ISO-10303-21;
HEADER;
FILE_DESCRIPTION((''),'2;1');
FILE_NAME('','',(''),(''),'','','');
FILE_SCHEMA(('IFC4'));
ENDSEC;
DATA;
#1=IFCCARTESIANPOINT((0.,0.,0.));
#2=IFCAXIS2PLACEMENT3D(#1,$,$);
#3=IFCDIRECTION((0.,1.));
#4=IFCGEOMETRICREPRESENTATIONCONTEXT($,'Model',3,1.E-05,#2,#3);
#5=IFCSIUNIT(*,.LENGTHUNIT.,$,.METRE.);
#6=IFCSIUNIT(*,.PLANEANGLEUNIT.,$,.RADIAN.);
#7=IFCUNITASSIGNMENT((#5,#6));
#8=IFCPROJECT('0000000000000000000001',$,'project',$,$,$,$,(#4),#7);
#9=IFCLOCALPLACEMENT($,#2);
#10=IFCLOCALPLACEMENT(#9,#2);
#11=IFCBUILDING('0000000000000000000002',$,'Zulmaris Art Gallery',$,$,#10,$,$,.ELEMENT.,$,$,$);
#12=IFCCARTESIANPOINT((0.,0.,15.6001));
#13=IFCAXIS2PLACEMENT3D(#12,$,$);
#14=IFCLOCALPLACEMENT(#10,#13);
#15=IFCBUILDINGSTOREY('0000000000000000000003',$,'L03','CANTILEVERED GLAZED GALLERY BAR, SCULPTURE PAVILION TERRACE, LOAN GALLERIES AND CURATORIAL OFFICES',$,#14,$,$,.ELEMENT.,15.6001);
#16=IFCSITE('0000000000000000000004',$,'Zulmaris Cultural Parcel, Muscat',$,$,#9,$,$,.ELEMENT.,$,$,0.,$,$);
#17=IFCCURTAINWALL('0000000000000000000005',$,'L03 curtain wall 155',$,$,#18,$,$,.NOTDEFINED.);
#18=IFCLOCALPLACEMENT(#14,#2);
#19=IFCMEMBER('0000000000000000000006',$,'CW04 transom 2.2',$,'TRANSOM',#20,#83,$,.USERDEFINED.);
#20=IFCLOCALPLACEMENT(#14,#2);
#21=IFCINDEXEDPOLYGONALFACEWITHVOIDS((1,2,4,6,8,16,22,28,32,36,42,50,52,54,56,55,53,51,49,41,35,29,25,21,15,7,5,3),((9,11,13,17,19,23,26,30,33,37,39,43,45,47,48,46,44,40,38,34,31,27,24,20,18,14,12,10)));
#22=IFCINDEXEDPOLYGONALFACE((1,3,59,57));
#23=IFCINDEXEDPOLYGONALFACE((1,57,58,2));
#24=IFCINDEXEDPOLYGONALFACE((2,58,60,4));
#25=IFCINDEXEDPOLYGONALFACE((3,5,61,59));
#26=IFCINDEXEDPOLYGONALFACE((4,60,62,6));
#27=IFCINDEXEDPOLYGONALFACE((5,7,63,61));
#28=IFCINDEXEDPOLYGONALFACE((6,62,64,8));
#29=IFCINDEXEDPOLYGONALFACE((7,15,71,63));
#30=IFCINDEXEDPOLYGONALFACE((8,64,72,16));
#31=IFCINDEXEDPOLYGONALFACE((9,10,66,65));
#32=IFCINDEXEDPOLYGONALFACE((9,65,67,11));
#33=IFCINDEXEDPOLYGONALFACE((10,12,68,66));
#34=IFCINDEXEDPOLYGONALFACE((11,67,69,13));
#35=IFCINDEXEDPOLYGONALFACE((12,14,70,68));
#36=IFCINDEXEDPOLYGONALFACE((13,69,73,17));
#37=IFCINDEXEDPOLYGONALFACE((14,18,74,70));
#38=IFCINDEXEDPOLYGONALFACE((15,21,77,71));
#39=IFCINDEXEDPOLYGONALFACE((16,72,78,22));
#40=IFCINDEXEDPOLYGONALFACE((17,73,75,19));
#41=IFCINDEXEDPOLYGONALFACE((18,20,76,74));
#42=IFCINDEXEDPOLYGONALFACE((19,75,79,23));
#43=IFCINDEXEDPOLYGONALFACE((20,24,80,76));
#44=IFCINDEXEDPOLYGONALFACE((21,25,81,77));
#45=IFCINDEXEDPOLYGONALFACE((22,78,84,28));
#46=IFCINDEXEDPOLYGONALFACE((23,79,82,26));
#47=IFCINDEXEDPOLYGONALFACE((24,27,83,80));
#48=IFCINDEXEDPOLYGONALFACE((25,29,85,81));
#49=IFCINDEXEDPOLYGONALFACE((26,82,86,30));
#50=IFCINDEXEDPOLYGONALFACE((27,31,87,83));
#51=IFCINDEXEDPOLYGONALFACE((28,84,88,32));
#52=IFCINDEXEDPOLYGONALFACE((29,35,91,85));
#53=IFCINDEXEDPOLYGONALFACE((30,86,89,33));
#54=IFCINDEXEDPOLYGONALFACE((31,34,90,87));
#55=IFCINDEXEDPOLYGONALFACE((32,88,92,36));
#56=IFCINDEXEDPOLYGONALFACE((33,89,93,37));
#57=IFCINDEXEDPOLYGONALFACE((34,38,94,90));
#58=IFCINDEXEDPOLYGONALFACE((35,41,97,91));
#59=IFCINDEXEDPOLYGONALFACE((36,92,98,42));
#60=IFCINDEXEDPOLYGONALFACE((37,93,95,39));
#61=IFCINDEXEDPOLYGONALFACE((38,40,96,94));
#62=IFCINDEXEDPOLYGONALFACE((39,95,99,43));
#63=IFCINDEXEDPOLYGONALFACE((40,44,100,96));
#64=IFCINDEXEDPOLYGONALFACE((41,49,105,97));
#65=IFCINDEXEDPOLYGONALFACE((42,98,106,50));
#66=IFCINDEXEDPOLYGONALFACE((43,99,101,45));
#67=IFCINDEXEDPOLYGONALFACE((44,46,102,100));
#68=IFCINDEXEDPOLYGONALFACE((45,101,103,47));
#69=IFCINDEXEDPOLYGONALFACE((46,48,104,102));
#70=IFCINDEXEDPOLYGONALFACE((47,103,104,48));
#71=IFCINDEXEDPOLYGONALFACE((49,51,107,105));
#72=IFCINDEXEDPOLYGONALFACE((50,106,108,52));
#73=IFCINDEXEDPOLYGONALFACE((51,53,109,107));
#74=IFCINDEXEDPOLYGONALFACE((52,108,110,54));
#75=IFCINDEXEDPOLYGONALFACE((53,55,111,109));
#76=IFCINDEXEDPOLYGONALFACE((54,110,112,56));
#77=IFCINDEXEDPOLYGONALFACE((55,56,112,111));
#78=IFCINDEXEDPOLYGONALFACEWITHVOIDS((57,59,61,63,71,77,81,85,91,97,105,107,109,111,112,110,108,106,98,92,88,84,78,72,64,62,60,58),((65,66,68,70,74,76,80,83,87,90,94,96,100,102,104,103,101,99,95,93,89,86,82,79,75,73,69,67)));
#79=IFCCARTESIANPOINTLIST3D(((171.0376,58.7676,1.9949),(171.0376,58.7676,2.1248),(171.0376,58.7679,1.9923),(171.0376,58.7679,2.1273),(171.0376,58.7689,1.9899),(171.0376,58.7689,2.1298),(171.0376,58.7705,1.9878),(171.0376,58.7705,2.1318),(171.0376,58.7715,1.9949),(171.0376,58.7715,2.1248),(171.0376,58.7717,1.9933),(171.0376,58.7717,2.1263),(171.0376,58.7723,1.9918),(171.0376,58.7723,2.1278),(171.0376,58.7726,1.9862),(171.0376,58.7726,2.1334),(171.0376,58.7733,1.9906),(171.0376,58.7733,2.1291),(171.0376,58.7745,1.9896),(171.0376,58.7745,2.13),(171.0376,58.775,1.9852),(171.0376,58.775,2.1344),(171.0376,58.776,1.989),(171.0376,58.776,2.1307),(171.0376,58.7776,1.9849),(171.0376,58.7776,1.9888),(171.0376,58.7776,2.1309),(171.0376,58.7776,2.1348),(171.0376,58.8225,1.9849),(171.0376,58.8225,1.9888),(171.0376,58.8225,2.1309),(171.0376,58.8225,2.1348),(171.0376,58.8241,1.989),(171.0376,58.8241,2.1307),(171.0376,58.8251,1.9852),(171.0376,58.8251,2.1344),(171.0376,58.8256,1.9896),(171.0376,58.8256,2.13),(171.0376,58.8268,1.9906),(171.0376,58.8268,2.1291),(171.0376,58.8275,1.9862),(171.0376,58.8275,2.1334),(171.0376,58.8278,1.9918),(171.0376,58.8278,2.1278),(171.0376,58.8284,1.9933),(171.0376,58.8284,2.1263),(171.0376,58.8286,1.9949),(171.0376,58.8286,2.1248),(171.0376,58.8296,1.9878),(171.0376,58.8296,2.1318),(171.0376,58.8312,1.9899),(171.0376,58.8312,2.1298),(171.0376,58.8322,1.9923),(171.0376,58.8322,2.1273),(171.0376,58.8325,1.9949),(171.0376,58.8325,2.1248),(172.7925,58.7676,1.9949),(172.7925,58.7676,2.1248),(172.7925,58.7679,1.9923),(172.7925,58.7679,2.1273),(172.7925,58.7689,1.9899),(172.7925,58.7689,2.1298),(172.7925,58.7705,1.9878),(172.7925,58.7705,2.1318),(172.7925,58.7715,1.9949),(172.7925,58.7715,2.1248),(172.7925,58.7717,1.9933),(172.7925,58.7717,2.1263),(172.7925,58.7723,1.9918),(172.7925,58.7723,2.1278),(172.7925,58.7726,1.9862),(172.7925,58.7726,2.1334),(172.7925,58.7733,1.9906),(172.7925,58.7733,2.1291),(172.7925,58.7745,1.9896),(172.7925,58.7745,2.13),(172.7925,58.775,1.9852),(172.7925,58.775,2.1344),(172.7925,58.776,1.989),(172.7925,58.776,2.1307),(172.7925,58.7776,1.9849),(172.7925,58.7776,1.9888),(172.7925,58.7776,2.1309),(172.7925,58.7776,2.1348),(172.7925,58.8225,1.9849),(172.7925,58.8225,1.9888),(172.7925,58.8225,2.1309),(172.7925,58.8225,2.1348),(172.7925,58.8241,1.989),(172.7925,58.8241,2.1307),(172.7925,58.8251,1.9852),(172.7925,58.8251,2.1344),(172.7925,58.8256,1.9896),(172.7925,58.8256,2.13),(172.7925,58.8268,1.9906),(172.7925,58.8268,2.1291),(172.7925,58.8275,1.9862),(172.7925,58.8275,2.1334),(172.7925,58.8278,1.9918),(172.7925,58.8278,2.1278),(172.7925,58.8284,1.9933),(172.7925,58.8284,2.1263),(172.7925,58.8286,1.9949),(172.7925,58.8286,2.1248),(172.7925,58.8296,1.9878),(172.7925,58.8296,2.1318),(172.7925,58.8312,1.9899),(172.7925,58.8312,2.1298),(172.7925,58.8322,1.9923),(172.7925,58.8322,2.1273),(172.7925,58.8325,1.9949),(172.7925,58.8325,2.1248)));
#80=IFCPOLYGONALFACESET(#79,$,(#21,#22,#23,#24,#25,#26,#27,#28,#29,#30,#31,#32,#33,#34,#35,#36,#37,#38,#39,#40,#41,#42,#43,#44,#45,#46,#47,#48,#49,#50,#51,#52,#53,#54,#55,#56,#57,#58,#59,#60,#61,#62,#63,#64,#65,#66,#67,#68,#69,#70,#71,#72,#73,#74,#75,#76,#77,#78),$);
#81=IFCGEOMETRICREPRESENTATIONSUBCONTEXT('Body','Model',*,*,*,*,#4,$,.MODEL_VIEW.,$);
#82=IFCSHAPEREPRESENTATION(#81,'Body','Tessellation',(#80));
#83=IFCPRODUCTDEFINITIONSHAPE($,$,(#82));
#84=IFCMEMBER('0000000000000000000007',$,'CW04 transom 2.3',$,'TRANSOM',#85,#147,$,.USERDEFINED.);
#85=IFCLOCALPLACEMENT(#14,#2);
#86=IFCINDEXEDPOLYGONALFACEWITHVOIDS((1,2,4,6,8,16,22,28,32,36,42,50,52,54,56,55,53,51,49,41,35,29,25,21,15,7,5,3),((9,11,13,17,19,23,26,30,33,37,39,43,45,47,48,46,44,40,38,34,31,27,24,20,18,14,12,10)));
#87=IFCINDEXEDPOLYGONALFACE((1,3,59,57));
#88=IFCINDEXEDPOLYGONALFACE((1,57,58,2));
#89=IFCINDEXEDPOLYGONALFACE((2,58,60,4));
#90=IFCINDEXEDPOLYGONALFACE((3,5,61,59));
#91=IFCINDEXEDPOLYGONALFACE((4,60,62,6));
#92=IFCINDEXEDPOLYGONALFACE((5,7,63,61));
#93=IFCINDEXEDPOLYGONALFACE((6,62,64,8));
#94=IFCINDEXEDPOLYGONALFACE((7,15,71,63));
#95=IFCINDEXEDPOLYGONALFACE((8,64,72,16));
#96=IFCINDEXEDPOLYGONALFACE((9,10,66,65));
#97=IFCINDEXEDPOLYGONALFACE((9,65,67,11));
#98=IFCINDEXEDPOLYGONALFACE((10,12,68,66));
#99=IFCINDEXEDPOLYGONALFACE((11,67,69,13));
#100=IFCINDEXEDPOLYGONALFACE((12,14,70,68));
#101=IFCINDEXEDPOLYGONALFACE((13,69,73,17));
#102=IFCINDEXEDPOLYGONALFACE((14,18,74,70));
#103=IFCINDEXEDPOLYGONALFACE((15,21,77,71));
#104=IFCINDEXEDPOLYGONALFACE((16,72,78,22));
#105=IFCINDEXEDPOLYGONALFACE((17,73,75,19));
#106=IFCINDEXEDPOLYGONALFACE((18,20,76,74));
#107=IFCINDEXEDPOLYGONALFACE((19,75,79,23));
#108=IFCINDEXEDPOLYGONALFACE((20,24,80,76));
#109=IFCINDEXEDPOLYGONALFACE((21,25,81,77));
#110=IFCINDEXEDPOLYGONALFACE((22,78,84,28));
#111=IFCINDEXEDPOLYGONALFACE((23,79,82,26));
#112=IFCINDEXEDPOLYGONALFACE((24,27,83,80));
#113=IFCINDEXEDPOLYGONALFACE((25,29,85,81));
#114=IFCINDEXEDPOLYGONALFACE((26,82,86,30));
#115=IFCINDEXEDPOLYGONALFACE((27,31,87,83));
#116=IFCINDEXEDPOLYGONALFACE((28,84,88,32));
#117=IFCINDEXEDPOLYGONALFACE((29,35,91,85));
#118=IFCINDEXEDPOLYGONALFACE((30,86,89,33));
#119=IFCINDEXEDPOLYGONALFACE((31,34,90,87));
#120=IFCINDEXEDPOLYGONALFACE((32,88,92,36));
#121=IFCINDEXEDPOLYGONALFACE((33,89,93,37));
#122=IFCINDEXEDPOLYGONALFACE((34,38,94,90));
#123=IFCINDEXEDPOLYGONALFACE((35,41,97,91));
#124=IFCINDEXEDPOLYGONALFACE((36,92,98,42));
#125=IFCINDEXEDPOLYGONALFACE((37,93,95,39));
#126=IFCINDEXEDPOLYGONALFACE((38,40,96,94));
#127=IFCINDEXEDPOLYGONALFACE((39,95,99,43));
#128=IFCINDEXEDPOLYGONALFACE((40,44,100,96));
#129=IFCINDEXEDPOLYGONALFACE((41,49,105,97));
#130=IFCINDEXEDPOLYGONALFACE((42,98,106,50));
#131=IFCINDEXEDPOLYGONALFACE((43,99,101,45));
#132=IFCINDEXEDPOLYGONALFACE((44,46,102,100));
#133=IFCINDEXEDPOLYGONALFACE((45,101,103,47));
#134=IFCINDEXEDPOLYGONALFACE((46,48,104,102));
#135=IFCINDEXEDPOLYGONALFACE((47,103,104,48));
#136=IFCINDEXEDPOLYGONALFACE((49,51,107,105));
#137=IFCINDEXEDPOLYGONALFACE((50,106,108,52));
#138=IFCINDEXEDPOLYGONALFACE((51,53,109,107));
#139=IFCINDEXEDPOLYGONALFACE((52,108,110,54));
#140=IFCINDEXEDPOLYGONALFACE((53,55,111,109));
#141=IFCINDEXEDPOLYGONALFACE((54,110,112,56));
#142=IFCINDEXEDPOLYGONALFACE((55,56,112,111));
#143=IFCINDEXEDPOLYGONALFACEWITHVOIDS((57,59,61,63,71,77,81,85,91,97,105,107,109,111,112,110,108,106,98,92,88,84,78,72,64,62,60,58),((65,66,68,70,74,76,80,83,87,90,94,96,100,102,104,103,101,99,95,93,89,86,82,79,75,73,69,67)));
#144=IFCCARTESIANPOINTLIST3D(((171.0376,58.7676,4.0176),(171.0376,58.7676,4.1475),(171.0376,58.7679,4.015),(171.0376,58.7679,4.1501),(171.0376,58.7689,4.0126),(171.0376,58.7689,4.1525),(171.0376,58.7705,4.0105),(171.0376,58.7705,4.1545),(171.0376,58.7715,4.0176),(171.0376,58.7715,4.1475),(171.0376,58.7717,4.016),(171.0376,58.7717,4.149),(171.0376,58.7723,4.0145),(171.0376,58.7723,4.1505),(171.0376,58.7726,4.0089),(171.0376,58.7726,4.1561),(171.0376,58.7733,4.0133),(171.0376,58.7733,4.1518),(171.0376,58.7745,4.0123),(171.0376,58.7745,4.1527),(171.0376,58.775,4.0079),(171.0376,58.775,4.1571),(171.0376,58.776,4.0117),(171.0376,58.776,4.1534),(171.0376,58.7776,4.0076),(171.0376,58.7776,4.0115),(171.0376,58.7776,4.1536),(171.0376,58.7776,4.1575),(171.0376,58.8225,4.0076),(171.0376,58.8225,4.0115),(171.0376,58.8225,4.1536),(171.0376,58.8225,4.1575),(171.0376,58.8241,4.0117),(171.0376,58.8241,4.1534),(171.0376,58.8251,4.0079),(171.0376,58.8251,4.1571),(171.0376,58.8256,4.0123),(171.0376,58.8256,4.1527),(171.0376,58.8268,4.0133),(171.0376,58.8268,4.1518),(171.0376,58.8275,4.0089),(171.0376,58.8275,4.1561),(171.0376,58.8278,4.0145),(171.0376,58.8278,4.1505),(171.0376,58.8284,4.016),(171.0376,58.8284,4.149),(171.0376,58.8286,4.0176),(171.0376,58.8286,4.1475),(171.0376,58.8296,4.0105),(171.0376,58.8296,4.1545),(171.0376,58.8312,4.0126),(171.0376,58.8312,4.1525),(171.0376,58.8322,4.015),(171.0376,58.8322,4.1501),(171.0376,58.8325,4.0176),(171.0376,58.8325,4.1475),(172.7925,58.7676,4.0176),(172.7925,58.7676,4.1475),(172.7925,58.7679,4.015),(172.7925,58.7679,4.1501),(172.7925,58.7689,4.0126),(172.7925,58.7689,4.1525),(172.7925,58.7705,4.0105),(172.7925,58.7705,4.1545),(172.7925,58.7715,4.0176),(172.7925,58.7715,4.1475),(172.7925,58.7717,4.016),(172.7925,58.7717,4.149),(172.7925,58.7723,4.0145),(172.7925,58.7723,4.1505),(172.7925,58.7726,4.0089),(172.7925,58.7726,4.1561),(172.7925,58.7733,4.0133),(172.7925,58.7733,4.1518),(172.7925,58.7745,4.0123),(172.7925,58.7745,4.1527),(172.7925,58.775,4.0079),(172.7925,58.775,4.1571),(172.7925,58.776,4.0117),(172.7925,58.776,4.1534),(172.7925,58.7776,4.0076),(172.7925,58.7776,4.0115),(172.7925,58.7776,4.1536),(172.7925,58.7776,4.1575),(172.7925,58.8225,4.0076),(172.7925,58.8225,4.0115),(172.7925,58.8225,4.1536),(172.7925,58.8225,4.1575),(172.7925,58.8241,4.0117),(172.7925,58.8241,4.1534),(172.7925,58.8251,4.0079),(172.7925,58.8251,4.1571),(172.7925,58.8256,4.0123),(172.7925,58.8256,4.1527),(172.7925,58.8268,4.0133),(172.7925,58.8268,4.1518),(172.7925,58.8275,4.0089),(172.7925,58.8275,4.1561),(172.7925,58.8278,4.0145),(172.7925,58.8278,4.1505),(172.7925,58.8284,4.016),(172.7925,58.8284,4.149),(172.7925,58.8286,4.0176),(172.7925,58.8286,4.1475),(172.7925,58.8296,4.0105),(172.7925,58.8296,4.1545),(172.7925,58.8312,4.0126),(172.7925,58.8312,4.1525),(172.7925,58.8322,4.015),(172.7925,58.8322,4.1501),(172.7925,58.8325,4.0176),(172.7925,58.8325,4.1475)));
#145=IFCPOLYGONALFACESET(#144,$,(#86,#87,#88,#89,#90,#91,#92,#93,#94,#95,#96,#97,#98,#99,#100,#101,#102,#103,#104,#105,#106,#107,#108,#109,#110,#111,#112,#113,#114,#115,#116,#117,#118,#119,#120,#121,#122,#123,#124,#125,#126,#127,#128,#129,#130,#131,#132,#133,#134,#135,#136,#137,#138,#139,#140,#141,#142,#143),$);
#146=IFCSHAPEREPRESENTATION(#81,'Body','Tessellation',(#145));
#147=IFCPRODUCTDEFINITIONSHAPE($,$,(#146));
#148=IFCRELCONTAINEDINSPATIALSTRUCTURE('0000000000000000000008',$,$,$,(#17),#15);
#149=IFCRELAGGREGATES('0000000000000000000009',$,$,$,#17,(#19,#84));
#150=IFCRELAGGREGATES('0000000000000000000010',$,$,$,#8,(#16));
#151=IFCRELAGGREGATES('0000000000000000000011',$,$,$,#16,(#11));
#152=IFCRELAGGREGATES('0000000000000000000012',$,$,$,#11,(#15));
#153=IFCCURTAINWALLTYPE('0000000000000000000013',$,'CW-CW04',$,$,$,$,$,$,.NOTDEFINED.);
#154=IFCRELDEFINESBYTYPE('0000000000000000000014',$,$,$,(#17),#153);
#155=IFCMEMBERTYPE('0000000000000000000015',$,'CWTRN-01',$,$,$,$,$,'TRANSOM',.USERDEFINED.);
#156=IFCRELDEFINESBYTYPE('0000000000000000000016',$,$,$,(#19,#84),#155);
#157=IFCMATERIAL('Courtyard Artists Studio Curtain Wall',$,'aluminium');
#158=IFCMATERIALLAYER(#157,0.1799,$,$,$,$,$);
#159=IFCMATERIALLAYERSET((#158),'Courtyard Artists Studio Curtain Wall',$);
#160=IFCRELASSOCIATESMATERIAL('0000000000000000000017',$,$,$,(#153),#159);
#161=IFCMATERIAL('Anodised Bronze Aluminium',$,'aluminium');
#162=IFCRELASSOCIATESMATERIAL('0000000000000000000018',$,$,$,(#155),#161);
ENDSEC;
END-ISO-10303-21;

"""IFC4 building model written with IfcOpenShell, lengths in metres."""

from ifc_helpers import new_model, si_unit, direction, frame, origin, origin_2d, place, context, subcontext, project, spatial, hollow_rectangle, extrude, material, layer, layer_set, material_profile, profile_set, type_object, element, aggregate, save


model = new_model("IFC4")

# Units and contexts
model_context = context("Model", 3, precision=1e-05, world=origin(), true_north=direction((0.0, 1.0)))
body_context = subcontext(model_context, "Body", "Model", "MODEL_VIEW")
ifc_project = project(units=[si_unit("LENGTHUNIT", "METRE"), si_unit("PLANEANGLEUNIT", "RADIAN")], contexts=[model_context])

# Site, building, storey
site_placement = place(None, origin())
site = spatial("IfcSite", under=ifc_project, at=site_placement, Name="Zulmaris Cultural Parcel, Muscat", CompositionType="ELEMENT", RefElevation=0.0)
building_placement = place(site_placement, origin())
building = spatial("IfcBuilding", under=site, at=building_placement, Name="Zulmaris Art Gallery", CompositionType="ELEMENT")
storey_placement = place(building_placement, frame((0.0, 0.0, 15.6001)))
storey = spatial("IfcBuildingStorey", under=building, at=storey_placement, Name="L03", Description="CANTILEVERED GLAZED GALLERY BAR, SCULPTURE PAVILION TERRACE, LOAN GALLERIES AND CURATORIAL OFFICES", CompositionType="ELEMENT", Elevation=15.6001)

# Curtain wall
ifc_material_1 = material(Name="Courtyard Artists Studio Curtain Wall", Category="aluminium")
ifc_layer_1 = layer(ifc_material_1, 0.1799)
ifc_layer_set_1 = layer_set([ifc_layer_1], Name="Courtyard Artists Studio Curtain Wall")
curtain_wall_type = type_object("IfcCurtainWallType", Name="CW-CW04", PredefinedType="NOTDEFINED", material=ifc_layer_set_1)
curtain_wall_1_placement = place(storey_placement, origin())
curtain_wall_1 = element("IfcCurtainWall", 1, at=curtain_wall_1_placement, inside=storey, type_object=curtain_wall_type, Name="L03 curtain wall 155", PredefinedType="NOTDEFINED")
ifc_material_2 = material(Name="Anodised Bronze Aluminium", Category="aluminium")

# Members
ifc_material_profile_1 = material_profile(ifc_material_2, hollow_rectangle(XDim=0.0649, YDim=0.1499, WallThickness=0.0039, InnerFilletRadius=0.0061, OuterFilletRadius=0.01, at=origin_2d()), Name="ALU 65x150x4")
ifc_profile_set_1 = profile_set([ifc_material_profile_1], Name="Anodised Bronze Aluminium")
member_type_1 = type_object("IfcMemberType", Name="CWTRN-01", ElementType="TRANSOM", PredefinedType="USERDEFINED", material=ifc_profile_set_1)
member_1_placement = place(storey_placement, frame((172.7925, 58.8, 2.0598), z_axis=(-1.0, 0.0, 0.0), x_axis=(0.0, -1.0, 0.0)))
member_1 = element("IfcMember", 2, at=member_1_placement, type_object=member_type_1, Name="CW04 transom 2.2", ObjectType="TRANSOM", PredefinedType="USERDEFINED", context=body_context, shape_type="SweptSolid", body=[
    extrude(hollow_rectangle(XDim=0.0649, YDim=0.1499, WallThickness=0.0039, InnerFilletRadius=0.0061, OuterFilletRadius=0.01, at=origin_2d()), origin(), (0.0, 0.0, 1.0), 1.7549),
])
member_2_placement = place(storey_placement, frame((172.7925, 58.8, 4.0825), z_axis=(-1.0, 0.0, 0.0), x_axis=(0.0, -1.0, 0.0)))
member_2 = element("IfcMember", 3, at=member_2_placement, type_object=member_type_1, Name="CW04 transom 2.3", ObjectType="TRANSOM", PredefinedType="USERDEFINED", context=body_context, shape_type="SweptSolid", body=[
    extrude(hollow_rectangle(XDim=0.0649, YDim=0.1499, WallThickness=0.0039, InnerFilletRadius=0.0061, OuterFilletRadius=0.01, at=origin_2d()), origin(), (0.0, 0.0, 1.0), 1.7549),
])

aggregate(curtain_wall_1, [member_1, member_2])

save(model, "model.ifc")
